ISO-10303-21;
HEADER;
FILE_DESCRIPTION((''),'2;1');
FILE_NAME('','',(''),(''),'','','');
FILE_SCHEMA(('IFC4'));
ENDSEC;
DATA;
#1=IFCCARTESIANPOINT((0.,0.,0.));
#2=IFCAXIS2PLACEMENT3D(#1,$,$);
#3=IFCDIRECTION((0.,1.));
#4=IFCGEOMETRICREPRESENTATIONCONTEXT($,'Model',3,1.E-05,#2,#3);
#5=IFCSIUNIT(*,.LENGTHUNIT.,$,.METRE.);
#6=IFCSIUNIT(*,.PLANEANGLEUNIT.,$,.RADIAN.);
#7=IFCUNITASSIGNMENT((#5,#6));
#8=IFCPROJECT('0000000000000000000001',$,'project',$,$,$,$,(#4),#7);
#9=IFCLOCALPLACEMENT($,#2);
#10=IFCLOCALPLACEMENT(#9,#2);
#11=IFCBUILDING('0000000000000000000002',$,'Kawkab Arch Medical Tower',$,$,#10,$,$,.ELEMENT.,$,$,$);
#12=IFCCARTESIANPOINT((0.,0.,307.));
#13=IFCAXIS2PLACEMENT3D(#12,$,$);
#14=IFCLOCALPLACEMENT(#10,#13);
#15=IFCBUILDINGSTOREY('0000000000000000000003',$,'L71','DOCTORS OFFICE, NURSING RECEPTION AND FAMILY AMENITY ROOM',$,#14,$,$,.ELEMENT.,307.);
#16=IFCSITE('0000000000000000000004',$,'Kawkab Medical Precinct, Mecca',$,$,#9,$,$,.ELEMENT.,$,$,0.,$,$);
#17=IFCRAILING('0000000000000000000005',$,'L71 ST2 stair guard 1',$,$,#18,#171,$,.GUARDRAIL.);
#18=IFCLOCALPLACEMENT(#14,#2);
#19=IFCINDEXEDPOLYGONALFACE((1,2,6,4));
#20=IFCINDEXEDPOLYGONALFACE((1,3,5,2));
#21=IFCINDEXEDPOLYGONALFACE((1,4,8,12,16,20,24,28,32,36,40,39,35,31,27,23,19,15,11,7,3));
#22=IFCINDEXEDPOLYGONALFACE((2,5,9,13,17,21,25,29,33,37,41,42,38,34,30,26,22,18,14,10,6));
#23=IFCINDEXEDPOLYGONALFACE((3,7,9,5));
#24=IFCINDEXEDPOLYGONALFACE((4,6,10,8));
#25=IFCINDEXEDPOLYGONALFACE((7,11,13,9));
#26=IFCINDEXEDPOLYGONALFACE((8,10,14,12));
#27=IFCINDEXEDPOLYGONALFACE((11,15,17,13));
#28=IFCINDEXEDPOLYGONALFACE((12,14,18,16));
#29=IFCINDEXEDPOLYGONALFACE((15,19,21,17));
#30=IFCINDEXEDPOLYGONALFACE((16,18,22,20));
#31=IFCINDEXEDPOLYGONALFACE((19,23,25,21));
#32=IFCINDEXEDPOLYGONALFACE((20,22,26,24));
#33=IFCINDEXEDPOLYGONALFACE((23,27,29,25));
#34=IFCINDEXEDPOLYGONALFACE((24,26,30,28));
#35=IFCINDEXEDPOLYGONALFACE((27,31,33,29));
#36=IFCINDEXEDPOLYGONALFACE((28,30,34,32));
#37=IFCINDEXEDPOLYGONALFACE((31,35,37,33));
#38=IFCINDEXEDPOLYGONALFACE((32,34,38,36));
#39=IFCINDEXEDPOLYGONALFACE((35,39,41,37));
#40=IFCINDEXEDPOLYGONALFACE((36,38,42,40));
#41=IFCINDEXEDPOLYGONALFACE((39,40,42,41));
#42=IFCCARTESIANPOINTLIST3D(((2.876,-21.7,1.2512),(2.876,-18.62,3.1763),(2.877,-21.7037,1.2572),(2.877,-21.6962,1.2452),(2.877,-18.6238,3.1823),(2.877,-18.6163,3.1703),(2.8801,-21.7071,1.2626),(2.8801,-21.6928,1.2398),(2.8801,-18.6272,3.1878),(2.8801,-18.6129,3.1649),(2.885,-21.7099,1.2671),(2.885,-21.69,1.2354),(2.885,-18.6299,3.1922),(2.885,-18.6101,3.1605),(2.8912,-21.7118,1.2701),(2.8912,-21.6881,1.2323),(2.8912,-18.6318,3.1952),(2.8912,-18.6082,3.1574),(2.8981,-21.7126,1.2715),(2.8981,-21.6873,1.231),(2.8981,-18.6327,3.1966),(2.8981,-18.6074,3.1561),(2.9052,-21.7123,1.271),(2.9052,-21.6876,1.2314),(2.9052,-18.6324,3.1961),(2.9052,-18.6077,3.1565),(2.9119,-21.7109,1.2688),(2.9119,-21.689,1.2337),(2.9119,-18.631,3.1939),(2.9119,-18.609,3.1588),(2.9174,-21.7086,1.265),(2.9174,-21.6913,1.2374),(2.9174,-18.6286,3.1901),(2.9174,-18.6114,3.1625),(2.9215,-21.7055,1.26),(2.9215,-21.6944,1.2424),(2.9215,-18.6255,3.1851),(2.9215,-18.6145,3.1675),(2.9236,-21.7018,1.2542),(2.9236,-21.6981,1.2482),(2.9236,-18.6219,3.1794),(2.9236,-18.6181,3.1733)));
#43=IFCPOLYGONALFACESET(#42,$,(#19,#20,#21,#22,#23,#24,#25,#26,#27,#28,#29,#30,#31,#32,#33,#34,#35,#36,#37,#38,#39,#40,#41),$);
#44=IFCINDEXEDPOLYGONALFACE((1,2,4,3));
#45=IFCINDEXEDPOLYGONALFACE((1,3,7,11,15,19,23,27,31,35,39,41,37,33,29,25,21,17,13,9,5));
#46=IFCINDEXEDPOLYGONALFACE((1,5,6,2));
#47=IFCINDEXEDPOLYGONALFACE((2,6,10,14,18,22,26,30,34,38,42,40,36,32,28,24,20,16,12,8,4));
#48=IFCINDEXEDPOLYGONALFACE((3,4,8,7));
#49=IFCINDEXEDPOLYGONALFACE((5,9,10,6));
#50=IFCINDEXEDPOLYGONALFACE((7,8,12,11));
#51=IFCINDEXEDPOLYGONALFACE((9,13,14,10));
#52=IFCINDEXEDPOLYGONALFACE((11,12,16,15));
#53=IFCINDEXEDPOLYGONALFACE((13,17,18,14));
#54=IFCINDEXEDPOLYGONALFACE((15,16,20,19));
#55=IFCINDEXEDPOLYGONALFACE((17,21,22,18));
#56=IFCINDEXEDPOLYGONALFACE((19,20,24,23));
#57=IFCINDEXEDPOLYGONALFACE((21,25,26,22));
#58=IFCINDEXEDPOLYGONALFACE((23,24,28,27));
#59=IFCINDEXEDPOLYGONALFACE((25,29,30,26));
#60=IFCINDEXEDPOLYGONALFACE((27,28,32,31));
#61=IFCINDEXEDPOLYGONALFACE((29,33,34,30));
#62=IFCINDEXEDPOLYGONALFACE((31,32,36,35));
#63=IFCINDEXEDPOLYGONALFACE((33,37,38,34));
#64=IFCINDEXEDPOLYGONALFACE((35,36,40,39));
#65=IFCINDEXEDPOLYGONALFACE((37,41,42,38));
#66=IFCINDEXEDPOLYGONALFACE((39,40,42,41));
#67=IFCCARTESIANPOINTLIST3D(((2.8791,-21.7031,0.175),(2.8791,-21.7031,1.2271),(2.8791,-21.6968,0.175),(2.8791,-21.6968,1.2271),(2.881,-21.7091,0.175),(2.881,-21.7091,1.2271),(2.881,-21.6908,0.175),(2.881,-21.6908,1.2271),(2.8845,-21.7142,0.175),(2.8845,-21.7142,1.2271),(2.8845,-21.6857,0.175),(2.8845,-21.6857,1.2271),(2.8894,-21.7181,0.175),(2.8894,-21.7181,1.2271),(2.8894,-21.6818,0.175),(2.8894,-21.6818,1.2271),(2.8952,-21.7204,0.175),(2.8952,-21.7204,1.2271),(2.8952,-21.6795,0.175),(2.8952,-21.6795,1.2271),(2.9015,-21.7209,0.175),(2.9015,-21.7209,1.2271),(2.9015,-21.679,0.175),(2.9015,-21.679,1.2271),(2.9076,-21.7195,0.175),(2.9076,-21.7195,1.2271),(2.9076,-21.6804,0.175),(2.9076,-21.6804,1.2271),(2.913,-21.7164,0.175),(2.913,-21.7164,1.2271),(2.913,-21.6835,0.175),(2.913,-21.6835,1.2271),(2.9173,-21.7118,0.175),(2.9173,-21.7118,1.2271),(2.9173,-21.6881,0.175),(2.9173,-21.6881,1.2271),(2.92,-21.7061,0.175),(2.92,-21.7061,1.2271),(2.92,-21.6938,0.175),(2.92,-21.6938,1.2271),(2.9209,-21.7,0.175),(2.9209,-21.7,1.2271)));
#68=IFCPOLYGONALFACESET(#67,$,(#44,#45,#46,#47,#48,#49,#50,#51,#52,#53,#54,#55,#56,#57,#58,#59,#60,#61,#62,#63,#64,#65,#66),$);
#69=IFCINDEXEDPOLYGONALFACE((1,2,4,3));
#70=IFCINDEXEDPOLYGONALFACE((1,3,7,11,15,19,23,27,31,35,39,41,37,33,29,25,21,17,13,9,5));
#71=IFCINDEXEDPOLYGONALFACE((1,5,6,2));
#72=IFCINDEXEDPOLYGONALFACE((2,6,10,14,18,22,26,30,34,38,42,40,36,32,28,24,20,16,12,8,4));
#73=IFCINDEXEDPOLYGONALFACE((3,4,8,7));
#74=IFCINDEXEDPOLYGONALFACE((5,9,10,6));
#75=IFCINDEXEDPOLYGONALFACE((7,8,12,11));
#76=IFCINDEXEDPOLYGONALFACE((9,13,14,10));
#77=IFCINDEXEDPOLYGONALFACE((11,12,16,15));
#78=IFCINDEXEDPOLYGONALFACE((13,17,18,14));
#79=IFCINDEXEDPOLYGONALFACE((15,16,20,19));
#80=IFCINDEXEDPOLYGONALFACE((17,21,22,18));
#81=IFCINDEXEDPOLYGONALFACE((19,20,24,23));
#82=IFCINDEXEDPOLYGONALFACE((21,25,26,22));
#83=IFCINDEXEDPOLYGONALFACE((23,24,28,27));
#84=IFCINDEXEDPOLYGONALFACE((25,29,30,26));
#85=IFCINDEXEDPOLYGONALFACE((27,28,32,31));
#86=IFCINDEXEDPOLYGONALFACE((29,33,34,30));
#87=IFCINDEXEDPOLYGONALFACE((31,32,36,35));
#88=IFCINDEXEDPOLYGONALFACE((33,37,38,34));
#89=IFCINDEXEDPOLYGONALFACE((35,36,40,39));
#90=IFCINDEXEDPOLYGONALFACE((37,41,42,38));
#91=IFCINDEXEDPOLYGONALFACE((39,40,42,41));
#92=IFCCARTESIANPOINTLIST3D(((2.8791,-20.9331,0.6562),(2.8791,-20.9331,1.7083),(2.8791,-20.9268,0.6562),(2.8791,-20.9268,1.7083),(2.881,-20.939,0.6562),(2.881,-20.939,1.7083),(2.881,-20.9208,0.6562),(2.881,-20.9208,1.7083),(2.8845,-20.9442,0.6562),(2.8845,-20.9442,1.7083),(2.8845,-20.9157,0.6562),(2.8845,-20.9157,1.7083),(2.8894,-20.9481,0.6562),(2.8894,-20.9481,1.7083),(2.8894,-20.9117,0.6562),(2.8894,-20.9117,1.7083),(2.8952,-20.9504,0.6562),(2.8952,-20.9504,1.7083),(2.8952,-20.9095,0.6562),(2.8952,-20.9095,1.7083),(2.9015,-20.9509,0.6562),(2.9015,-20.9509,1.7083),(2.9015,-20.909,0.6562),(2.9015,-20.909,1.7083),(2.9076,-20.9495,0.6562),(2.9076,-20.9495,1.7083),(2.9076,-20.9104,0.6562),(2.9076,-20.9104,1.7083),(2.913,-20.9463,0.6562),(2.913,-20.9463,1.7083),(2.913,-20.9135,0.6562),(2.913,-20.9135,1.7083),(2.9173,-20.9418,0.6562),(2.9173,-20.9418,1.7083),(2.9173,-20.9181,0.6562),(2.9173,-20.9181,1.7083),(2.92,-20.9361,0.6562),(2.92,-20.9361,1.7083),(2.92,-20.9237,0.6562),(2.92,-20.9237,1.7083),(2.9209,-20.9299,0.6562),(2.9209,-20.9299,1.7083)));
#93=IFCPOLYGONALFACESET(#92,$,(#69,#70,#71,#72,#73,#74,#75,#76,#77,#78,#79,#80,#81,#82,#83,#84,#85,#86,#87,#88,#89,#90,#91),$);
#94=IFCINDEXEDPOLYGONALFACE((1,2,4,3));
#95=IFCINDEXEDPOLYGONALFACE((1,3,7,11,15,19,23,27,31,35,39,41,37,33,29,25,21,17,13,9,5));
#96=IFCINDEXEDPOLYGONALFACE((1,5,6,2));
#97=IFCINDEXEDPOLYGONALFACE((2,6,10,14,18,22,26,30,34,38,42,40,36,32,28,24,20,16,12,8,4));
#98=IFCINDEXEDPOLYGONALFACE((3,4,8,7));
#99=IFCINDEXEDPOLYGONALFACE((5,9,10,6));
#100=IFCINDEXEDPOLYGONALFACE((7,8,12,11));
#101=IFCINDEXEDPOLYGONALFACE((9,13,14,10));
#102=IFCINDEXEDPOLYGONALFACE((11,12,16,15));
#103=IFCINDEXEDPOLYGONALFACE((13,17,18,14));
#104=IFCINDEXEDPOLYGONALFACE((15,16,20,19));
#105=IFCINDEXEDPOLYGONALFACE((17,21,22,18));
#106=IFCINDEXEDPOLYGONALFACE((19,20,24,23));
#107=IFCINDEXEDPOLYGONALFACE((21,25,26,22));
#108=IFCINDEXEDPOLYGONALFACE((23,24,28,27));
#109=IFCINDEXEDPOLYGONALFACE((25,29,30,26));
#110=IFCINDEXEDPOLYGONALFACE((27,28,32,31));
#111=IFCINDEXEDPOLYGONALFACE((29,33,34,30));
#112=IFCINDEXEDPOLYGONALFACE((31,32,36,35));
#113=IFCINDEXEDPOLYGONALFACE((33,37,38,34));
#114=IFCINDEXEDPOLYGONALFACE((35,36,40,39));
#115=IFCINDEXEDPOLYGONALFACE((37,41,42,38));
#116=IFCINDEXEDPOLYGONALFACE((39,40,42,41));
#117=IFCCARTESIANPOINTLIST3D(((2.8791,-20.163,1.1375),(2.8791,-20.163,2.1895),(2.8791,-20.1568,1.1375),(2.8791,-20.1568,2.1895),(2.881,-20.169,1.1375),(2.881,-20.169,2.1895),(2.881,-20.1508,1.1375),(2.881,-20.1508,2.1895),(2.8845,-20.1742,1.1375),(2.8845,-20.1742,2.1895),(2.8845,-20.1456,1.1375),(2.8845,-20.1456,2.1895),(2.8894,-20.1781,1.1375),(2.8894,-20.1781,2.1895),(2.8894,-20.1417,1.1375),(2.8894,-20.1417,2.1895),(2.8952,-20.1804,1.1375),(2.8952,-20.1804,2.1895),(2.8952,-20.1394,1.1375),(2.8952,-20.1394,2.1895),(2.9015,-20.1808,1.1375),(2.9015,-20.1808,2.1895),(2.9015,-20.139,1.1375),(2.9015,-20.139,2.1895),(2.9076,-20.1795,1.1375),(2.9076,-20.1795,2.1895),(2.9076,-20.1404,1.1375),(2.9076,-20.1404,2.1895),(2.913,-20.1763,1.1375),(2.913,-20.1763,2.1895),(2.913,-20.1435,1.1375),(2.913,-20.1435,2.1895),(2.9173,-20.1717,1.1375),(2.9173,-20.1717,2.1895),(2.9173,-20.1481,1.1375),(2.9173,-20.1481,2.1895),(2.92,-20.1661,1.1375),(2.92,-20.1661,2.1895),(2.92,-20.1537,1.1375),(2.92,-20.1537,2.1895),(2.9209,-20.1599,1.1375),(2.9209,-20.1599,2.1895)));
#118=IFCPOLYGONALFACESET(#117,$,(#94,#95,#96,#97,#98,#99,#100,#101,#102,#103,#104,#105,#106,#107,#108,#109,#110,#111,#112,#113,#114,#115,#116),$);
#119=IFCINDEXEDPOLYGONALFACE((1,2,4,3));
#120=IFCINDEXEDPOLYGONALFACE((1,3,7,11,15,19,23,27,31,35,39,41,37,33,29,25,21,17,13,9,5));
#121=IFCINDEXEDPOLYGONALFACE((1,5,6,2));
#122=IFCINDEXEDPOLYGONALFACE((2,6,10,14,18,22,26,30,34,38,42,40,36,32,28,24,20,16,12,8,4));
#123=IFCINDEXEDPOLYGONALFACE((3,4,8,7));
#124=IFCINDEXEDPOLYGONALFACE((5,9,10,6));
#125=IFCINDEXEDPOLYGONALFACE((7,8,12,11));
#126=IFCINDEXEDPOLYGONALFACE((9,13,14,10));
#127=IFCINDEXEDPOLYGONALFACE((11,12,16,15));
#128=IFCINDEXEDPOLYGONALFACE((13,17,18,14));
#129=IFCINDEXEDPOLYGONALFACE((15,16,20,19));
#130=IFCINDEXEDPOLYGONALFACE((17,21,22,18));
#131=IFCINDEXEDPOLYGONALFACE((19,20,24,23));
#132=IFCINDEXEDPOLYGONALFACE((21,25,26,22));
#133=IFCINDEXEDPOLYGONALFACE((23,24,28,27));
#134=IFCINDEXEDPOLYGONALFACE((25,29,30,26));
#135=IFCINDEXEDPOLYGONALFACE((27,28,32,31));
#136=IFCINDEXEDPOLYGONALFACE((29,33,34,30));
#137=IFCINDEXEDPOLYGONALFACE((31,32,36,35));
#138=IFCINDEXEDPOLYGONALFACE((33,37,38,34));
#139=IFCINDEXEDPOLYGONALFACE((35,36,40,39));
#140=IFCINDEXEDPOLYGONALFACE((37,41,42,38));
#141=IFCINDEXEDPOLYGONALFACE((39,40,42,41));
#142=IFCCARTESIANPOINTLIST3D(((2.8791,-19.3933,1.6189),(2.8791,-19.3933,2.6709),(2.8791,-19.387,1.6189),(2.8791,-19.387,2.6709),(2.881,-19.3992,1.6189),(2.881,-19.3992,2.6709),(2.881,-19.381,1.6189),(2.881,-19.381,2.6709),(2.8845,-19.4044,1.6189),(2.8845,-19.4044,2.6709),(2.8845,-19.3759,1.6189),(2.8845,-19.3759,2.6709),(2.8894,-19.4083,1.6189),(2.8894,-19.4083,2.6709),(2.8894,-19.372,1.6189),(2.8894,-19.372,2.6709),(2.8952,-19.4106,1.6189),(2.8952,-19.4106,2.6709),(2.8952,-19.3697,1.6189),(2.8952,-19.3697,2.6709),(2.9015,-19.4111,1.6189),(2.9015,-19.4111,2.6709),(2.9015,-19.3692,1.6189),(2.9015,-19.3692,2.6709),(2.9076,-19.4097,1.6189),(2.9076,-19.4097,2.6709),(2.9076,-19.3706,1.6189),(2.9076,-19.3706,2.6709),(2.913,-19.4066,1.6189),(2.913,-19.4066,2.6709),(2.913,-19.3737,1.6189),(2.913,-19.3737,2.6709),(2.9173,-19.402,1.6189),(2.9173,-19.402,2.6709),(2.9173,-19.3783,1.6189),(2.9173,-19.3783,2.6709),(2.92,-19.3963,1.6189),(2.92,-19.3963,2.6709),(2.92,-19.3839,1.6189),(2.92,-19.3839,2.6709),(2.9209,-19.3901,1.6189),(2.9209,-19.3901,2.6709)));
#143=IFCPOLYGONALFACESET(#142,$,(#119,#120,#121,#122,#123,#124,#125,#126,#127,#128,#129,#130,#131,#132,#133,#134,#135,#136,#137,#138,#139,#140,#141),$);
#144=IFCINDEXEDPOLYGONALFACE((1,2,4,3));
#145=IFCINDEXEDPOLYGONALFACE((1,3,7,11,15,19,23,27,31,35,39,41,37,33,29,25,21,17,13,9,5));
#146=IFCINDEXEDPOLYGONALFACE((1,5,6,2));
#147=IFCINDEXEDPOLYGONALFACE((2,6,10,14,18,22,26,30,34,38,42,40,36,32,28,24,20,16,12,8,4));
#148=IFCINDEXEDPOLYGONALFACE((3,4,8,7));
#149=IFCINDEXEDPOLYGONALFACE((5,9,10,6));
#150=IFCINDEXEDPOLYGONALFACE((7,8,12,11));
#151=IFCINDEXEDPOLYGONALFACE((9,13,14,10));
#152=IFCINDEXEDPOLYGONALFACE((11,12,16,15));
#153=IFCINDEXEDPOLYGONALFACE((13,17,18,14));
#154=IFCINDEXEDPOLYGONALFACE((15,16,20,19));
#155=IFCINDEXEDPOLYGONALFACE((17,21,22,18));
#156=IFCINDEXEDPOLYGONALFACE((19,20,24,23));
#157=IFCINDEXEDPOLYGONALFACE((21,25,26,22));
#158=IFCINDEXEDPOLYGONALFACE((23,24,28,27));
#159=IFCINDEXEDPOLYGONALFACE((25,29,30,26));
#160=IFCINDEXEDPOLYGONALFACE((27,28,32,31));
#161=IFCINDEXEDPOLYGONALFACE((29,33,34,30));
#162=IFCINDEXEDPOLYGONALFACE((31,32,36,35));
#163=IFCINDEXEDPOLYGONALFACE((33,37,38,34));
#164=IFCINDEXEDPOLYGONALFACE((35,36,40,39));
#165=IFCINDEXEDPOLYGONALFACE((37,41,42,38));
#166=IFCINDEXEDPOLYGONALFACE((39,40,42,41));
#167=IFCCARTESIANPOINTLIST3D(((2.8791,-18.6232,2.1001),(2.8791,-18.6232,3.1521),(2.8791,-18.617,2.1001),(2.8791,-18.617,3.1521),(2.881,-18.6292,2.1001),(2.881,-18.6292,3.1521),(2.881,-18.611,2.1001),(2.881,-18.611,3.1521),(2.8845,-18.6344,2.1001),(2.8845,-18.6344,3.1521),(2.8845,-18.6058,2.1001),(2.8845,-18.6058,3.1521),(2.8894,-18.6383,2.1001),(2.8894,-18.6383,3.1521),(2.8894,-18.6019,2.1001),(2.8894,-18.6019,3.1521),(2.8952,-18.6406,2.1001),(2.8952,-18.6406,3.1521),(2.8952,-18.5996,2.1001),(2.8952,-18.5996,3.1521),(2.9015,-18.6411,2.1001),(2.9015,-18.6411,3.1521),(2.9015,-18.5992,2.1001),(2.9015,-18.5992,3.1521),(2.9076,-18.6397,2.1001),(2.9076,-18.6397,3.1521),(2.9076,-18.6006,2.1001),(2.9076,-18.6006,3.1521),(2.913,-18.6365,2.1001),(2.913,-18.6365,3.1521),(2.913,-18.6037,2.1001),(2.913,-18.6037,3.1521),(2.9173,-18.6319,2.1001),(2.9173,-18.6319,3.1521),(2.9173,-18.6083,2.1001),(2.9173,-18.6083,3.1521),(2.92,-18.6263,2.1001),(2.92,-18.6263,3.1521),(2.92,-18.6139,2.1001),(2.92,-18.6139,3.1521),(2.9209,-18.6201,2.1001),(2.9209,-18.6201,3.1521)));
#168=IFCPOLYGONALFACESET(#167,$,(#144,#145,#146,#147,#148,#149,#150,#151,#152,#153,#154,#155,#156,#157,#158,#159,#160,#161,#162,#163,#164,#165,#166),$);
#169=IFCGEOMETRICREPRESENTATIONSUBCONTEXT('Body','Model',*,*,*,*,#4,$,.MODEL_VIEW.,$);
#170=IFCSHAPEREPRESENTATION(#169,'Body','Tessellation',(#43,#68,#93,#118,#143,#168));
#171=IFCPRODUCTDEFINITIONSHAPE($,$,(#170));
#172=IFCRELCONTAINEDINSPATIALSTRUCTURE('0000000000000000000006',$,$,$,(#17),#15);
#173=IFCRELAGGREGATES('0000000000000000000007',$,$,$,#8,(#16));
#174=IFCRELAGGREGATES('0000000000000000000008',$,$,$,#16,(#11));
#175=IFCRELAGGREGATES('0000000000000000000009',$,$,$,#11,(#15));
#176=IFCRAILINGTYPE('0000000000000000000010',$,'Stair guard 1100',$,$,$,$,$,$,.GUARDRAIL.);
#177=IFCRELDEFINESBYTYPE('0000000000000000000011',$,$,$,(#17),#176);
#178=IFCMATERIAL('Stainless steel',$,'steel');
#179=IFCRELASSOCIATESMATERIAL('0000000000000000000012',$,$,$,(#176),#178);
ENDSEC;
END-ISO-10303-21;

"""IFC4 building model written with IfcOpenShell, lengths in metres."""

from ifc_helpers import new_model, si_unit, direction, frame, origin, origin_2d, place, context, subcontext, project, spatial, circle, extrude, material, type_object, element, save


model = new_model("IFC4")

# Units and contexts
model_context = context("Model", 3, precision=1e-05, world=origin(), true_north=direction((0.0, 1.0)))
body_context = subcontext(model_context, "Body", "Model", "MODEL_VIEW")
ifc_project = project(units=[si_unit("LENGTHUNIT", "METRE"), si_unit("PLANEANGLEUNIT", "RADIAN")], contexts=[model_context])

# Site, building, storey
site_placement = place(None, origin())
site = spatial("IfcSite", under=ifc_project, at=site_placement, Name="Kawkab Medical Precinct, Mecca", CompositionType="ELEMENT", RefElevation=0.0)
building_placement = place(site_placement, origin())
building = spatial("IfcBuilding", under=site, at=building_placement, Name="Kawkab Arch Medical Tower", CompositionType="ELEMENT")
storey_placement = place(building_placement, frame((0.0, 0.0, 307.0)))
storey = spatial("IfcBuildingStorey", under=building, at=storey_placement, Name="L71", Description="DOCTORS OFFICE, NURSING RECEPTION AND FAMILY AMENITY ROOM", CompositionType="ELEMENT", Elevation=307.0)

# Railing
ifc_material_1 = material(Name="Stainless steel", Category="steel")
railing_type = type_object("IfcRailingType", Name="Stair guard 1100", PredefinedType="GUARDRAIL", material=ifc_material_1)
railing_1_placement = place(storey_placement, frame((2.8999, -21.7, 0.175)))
element("IfcRailing", 1, at=railing_1_placement, inside=storey, type_object=railing_type, Name="L71 ST2 stair guard 1", PredefinedType="GUARDRAIL", context=body_context, shape_type="SweptSolid", body=[
    extrude(circle(Radius=0.0239, at=origin_2d()), frame((0.0, 0.0, 1.0762), z_axis=(0.0, 0.847979, 0.530029), x_axis=(-1.0, 0.0, 0.0)), (0.0, 0.0, 1.0), 3.6321),
    extrude(circle(Radius=0.021, at=origin_2d()), origin(), (0.0, 0.0, 1.0), 1.052),
    extrude(circle(Radius=0.021, at=origin_2d()), frame((0.0, 0.77, 0.4812)), (0.0, 0.0, 1.0), 1.052),
    extrude(circle(Radius=0.021, at=origin_2d()), frame((0.0, 1.54, 0.9624)), (0.0, 0.0, 1.0), 1.052),
    extrude(circle(Radius=0.021, at=origin_2d()), frame((0.0, 2.3098, 1.4438)), (0.0, 0.0, 1.0), 1.052),
    extrude(circle(Radius=0.021, at=origin_2d()), frame((0.0, 3.0798, 1.925)), (0.0, 0.0, 1.0), 1.052),
])

save(model, "model.ifc")
